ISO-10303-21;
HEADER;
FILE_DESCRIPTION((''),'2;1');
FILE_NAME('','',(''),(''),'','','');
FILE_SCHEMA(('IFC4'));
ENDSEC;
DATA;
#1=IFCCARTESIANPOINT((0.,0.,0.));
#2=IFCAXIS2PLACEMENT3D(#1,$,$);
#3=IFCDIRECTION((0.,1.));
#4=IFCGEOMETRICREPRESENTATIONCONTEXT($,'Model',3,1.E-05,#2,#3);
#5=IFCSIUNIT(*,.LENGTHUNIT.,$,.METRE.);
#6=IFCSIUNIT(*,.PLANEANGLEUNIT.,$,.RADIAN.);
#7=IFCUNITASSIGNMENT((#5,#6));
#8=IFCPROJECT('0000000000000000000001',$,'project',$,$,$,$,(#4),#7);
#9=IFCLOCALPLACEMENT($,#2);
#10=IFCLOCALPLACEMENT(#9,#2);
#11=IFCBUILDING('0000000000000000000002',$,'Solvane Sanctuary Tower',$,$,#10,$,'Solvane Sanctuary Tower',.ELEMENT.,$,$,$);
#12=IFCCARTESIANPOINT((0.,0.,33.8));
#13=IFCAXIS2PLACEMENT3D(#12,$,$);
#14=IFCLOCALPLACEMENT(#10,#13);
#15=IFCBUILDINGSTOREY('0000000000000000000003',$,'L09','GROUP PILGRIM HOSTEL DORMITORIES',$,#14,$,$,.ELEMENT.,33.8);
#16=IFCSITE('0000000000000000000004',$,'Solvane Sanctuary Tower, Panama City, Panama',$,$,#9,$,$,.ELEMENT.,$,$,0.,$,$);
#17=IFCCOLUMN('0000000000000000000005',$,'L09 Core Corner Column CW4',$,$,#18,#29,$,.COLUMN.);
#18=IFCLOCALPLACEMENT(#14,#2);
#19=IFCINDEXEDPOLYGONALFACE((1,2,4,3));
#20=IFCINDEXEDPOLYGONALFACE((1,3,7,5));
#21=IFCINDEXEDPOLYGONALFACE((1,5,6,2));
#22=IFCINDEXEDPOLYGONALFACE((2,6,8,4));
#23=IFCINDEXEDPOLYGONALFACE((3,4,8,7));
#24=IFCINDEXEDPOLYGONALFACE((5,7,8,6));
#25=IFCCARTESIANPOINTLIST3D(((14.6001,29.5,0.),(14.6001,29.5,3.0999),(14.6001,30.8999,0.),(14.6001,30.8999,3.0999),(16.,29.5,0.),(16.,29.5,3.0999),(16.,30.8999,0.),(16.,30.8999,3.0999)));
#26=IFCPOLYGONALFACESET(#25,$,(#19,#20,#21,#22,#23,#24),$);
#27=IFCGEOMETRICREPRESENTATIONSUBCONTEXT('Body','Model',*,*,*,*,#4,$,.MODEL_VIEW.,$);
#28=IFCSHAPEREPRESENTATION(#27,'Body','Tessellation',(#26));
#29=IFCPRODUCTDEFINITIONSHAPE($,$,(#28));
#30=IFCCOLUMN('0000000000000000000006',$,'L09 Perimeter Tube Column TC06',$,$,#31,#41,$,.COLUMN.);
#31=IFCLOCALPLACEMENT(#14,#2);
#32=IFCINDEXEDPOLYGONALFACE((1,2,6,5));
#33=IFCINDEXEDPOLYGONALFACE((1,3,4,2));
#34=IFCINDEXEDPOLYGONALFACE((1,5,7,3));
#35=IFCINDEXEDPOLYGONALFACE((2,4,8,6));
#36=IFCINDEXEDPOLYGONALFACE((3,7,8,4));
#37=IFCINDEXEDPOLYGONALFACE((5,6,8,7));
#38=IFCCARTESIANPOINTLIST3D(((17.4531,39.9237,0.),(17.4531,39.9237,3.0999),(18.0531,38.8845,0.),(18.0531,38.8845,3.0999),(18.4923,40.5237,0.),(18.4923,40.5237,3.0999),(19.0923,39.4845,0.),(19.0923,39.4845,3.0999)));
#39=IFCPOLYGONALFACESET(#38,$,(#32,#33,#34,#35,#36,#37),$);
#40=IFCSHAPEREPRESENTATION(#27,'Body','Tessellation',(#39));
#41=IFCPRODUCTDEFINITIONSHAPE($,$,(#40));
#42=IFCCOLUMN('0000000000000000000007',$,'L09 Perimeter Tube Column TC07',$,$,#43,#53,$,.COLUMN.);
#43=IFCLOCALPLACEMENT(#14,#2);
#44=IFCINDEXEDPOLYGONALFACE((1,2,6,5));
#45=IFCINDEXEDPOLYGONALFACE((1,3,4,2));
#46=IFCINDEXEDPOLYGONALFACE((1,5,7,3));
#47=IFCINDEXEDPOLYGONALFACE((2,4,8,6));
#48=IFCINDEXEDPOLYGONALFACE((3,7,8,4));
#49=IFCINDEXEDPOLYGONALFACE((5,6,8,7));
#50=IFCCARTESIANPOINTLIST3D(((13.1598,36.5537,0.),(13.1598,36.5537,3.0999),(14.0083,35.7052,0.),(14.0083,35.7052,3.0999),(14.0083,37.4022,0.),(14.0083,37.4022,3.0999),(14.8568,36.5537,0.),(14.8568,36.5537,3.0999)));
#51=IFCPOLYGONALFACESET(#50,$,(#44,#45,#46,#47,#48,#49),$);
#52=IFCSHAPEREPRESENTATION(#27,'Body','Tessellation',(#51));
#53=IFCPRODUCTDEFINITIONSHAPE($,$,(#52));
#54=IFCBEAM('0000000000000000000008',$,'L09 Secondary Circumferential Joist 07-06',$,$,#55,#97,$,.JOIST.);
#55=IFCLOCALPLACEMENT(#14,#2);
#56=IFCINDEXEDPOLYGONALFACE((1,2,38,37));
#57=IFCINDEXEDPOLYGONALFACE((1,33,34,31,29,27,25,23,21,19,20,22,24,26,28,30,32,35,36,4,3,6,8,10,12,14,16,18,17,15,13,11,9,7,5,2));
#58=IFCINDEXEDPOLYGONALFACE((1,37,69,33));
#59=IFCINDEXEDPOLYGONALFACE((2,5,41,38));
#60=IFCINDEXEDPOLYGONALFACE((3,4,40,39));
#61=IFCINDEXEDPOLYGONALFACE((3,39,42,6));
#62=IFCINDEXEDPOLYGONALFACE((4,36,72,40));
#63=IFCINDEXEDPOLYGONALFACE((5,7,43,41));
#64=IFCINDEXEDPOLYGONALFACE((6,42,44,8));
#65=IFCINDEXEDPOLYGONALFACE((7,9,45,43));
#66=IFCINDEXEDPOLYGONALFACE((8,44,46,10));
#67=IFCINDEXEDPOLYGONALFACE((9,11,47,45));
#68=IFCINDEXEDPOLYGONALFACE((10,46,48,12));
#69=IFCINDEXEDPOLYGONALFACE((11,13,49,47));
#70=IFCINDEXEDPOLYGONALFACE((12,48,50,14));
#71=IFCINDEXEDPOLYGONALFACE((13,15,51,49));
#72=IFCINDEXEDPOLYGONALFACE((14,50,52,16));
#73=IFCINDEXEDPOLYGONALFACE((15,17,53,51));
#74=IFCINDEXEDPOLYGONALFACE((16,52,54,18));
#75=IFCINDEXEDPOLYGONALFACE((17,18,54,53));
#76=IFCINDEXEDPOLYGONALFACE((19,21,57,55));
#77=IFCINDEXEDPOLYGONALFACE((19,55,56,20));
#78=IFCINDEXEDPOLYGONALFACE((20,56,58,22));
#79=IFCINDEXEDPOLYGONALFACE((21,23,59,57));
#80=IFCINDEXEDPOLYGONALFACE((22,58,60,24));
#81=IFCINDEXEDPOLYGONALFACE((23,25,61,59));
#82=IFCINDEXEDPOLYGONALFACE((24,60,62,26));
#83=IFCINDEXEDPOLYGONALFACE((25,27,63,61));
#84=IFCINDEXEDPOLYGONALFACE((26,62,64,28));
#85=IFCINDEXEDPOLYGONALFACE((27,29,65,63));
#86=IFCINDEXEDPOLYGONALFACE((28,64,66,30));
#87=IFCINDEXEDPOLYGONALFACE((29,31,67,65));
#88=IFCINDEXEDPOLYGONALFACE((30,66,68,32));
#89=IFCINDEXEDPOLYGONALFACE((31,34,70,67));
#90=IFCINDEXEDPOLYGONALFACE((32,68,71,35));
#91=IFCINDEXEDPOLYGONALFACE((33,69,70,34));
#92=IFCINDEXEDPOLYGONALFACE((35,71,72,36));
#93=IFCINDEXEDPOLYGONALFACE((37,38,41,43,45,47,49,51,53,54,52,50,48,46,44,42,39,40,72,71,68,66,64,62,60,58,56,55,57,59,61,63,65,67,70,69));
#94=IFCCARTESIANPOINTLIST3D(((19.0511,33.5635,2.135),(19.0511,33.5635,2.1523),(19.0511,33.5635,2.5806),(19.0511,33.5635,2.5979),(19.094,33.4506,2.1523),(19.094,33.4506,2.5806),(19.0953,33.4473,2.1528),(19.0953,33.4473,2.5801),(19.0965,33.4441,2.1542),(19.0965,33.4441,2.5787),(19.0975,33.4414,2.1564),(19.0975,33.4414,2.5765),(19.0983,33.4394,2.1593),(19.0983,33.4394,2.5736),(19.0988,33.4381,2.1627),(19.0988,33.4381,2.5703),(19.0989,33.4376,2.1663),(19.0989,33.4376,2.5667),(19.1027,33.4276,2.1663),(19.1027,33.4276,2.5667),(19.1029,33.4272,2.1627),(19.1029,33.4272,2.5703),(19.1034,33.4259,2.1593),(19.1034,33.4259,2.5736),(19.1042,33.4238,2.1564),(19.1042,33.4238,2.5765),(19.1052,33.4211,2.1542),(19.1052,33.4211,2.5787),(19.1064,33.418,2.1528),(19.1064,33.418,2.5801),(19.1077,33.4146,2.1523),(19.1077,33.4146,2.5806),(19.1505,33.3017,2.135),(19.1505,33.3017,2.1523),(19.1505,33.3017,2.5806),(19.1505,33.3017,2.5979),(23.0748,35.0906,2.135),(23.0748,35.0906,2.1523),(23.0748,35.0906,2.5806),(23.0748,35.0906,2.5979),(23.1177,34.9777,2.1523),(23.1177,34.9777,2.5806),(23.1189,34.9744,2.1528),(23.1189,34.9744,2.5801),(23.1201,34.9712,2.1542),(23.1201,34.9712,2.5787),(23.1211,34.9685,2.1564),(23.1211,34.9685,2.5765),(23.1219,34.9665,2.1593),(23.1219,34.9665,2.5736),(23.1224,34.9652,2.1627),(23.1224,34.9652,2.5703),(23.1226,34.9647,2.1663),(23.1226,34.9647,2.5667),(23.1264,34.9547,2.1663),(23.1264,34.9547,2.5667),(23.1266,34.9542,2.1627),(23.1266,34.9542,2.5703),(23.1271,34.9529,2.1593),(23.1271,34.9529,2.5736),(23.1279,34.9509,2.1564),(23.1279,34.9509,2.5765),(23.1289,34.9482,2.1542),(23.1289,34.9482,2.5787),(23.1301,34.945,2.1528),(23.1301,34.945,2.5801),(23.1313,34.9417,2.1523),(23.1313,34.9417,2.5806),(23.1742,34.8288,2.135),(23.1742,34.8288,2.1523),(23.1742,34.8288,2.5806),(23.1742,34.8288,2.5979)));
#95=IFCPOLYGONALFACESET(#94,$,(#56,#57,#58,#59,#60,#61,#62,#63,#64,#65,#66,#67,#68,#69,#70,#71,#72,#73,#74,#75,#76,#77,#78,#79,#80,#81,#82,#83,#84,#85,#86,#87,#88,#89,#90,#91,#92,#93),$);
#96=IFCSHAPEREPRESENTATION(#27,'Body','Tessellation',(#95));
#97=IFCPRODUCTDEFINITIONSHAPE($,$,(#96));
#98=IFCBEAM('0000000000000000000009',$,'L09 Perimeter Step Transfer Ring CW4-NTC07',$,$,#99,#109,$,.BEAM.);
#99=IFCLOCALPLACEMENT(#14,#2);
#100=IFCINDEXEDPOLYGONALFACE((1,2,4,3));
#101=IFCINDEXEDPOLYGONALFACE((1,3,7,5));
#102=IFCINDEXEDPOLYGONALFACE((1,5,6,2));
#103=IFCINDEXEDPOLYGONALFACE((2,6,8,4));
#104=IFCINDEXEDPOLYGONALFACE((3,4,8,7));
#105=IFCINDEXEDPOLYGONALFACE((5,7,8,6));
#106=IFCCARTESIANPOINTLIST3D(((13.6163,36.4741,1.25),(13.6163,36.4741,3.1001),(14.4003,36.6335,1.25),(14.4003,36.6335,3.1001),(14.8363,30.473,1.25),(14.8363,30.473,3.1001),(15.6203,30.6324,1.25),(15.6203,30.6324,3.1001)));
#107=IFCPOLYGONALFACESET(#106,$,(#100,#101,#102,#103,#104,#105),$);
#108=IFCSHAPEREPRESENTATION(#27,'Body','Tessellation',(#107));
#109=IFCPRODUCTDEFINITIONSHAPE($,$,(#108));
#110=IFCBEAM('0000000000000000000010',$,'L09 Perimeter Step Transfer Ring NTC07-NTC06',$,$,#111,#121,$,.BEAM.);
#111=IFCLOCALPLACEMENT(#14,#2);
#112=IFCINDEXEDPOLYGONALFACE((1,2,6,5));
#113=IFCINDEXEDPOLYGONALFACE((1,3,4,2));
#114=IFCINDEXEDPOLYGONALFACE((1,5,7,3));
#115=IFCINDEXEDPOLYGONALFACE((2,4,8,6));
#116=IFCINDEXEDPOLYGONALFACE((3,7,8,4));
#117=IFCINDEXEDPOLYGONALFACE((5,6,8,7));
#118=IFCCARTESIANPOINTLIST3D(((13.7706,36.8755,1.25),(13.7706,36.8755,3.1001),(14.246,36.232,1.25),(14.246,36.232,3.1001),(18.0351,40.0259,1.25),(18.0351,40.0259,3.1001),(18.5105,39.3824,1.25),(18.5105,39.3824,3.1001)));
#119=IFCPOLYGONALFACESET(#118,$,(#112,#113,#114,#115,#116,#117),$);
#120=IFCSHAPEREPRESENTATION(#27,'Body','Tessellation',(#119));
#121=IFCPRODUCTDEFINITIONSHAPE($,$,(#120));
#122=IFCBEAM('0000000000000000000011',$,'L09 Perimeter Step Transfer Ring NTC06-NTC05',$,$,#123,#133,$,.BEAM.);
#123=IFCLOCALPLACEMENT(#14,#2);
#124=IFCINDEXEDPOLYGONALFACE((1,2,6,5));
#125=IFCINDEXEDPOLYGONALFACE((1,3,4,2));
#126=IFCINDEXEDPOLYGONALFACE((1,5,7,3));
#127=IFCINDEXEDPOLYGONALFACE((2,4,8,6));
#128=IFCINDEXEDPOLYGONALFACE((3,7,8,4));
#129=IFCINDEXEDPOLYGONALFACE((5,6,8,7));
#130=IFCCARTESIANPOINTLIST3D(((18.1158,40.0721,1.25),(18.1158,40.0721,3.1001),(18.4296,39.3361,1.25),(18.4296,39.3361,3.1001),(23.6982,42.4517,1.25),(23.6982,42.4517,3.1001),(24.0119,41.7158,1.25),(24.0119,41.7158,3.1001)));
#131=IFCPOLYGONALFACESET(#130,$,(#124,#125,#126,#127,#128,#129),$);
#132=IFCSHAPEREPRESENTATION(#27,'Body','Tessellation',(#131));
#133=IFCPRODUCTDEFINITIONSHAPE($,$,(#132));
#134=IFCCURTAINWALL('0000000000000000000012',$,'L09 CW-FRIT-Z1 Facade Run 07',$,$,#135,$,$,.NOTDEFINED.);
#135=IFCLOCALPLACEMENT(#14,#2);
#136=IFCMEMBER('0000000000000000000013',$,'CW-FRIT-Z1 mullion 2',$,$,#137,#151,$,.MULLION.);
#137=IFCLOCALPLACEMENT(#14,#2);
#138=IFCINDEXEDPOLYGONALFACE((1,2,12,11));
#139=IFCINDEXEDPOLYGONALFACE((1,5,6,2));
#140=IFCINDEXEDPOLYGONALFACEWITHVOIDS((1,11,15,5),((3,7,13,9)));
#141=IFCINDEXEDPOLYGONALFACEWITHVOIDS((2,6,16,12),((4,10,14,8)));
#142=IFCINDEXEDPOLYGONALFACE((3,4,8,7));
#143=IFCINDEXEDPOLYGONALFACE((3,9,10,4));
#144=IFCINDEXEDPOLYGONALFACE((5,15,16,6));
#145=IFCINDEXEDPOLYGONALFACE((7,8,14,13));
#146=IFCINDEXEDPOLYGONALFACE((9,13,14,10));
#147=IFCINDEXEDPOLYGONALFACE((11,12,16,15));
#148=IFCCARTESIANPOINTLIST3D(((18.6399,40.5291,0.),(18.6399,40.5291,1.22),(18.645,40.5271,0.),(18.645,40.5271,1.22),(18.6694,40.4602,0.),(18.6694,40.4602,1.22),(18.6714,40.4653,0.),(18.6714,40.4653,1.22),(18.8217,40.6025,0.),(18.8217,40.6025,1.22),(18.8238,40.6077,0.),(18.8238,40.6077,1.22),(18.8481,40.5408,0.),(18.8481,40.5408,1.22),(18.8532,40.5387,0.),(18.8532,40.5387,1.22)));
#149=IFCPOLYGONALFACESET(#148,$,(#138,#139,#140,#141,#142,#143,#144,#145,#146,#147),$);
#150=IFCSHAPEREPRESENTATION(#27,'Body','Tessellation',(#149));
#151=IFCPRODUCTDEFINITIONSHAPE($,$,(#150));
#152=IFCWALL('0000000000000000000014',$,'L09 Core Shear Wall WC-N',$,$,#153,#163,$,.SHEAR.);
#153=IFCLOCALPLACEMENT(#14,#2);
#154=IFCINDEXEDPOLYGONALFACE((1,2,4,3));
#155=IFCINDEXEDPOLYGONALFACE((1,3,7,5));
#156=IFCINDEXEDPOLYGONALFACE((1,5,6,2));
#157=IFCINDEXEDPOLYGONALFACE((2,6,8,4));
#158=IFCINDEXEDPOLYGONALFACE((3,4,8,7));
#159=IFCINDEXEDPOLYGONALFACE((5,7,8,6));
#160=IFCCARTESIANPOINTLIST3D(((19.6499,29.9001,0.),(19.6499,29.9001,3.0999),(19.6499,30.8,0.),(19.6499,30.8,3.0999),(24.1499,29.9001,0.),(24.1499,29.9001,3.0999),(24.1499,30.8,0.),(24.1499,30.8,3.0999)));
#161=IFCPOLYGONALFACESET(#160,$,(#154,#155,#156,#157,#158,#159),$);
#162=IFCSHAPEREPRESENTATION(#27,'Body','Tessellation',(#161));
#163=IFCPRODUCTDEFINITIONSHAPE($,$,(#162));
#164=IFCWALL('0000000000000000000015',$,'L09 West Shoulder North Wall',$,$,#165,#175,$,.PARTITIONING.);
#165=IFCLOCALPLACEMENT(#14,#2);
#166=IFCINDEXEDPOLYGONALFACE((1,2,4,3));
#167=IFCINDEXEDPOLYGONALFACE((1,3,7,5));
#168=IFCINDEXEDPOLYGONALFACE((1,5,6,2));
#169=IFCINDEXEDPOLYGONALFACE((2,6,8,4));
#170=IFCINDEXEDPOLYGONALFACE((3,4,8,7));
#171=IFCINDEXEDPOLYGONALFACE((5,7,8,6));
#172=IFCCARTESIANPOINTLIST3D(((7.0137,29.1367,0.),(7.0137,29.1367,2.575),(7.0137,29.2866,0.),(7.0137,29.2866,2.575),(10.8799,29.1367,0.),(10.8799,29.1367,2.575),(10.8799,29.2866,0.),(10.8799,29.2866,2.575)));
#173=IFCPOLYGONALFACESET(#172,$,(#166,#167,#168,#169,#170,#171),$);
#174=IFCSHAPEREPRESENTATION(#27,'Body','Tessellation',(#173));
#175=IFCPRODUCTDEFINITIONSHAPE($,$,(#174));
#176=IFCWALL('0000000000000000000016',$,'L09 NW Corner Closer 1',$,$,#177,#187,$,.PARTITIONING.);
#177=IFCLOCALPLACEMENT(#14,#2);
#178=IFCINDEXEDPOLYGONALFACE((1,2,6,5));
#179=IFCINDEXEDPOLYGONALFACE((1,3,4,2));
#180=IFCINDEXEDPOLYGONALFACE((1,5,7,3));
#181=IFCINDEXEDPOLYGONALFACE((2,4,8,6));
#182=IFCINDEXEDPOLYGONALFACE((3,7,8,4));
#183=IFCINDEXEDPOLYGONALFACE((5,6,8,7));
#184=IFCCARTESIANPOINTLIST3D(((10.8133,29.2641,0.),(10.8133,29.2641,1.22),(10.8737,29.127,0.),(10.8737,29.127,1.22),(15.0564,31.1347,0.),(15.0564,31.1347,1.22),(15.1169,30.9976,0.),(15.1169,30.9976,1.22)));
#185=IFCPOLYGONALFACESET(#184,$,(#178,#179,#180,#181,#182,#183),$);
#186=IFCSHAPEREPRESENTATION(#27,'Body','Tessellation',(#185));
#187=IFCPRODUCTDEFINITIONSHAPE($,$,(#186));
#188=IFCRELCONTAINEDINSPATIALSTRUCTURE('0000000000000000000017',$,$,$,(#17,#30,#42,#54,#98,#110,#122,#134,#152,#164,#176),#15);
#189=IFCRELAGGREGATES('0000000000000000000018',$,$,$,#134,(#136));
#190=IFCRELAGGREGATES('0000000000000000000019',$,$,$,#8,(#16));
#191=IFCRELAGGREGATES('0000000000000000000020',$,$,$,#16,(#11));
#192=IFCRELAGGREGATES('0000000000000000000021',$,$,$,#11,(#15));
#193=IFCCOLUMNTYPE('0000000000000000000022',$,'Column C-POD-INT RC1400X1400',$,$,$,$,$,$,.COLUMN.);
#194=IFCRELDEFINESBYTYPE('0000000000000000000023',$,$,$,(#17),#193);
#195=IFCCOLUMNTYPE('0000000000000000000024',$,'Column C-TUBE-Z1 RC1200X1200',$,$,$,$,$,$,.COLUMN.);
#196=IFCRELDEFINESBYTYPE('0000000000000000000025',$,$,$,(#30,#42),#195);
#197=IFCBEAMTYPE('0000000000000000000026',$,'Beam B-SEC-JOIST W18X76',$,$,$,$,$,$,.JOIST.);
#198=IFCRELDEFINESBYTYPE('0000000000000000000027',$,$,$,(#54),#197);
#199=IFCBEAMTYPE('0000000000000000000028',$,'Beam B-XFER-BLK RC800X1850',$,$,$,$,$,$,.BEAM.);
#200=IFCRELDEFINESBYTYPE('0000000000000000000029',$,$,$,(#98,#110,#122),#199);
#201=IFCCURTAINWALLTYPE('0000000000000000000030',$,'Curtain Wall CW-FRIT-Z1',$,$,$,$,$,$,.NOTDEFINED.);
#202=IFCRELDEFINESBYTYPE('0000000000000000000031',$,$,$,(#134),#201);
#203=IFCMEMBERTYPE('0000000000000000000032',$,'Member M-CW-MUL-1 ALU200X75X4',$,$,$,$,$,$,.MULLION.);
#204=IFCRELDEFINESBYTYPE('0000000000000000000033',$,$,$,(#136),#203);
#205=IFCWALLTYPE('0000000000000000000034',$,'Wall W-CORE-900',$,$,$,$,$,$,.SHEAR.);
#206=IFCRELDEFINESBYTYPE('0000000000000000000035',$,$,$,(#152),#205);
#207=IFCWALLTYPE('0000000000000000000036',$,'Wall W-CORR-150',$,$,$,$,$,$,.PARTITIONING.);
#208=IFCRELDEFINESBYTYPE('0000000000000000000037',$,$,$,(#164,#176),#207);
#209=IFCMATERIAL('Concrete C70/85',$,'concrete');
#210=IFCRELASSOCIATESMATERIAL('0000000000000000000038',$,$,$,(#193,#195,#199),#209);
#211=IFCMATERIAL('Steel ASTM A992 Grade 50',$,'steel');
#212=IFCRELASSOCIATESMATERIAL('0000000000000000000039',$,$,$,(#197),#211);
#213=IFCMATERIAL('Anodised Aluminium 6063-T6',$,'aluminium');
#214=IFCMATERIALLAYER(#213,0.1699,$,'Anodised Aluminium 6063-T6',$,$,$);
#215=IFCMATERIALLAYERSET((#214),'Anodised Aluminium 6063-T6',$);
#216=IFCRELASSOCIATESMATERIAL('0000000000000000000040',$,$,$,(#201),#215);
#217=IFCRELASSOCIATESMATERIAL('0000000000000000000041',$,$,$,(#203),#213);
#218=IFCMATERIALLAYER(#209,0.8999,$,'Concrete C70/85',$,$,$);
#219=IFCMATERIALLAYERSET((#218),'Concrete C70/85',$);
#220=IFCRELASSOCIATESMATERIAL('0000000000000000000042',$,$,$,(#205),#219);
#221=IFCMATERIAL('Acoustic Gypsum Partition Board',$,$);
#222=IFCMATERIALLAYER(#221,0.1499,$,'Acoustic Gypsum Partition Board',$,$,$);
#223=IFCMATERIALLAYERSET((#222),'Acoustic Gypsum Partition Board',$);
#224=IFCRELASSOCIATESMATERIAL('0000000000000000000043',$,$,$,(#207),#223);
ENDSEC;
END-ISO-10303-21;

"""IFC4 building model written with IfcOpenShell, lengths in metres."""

from ifc_helpers import new_model, si_unit, direction, frame, frame_2d, origin, origin_2d, place, context, subcontext, project, spatial, rectangle, hollow_rectangle, i_section, extrude, material, layer, layer_set, material_profile, profile_set, type_object, element, aggregate, save


model = new_model("IFC4")

# Units and contexts
model_context = context("Model", 3, precision=1e-05, world=origin(), true_north=direction((0.0, 1.0)))
body_context = subcontext(model_context, "Body", "Model", "MODEL_VIEW")
ifc_project = project(units=[si_unit("LENGTHUNIT", "METRE"), si_unit("PLANEANGLEUNIT", "RADIAN")], contexts=[model_context])

# Site, building, storey
site_placement = place(None, origin())
site = spatial("IfcSite", under=ifc_project, at=site_placement, Name="Solvane Sanctuary Tower, Panama City, Panama", CompositionType="ELEMENT", RefElevation=0.0)
building_placement = place(site_placement, origin())
building = spatial("IfcBuilding", under=site, at=building_placement, Name="Solvane Sanctuary Tower", LongName="Solvane Sanctuary Tower", CompositionType="ELEMENT")
storey_placement = place(building_placement, frame((0.0, 0.0, 33.8)))
storey = spatial("IfcBuildingStorey", under=building, at=storey_placement, Name="L09", Description="GROUP PILGRIM HOSTEL DORMITORIES", CompositionType="ELEMENT", Elevation=33.8)

# Columns
ifc_material_1 = material(Name="Concrete C70/85", Category="concrete")
ifc_material_profile_1 = material_profile(ifc_material_1, rectangle(XDim=1.3999, YDim=1.3999, at=origin_2d()), Name="RC1400X1400")
ifc_profile_set_1 = profile_set([ifc_material_profile_1], Name="Concrete C70/85")
column_type_1 = type_object("IfcColumnType", Name="Column C-POD-INT RC1400X1400", PredefinedType="COLUMN", material=ifc_profile_set_1)
column_placement = place(storey_placement, frame((15.3, 30.2, 0.0), z_axis=(0.0, 0.0, 1.0), x_axis=(1.0, 0.0, 0.0)))
element("IfcColumn", 1, at=column_placement, inside=storey, type_object=column_type_1, Name="L09 Core Corner Column CW4", PredefinedType="COLUMN", context=body_context, shape_type="SweptSolid", body=[
    extrude(rectangle(XDim=1.3999, YDim=1.3999, at=origin_2d()), origin(), (0.0, 0.0, 1.0), 3.0999),
])
ifc_material_profile_2 = material_profile(ifc_material_1, rectangle(XDim=1.2, YDim=1.2, at=origin_2d()), Name="RC1200X1200")
ifc_profile_set_2 = profile_set([ifc_material_profile_2], Name="Concrete C70/85")
column_type_2 = type_object("IfcColumnType", Name="Column C-TUBE-Z1 RC1200X1200", PredefinedType="COLUMN", material=ifc_profile_set_2)
for number, where, z_axis, x_axis, name in (
    (2, (18.2727, 39.7041, 0.0), (0.0, 0.0, 1.0), (-0.5, 0.866025, 0.0), "L09 Perimeter Tube Column TC06"),
    (3, (14.0083, 36.5537, 0.0), (0.0, 0.0, 1.0), (-0.707107, 0.707107, 0.0), "L09 Perimeter Tube Column TC07"),
):
    element("IfcColumn", number, at=place(storey_placement, frame(where, z_axis=z_axis, x_axis=x_axis)), inside=storey, type_object=column_type_2, Name=name, PredefinedType="COLUMN", context=body_context, shape_type="SweptSolid", body=[
        extrude(rectangle(XDim=1.2, YDim=1.2, at=origin_2d()), origin(), (0.0, 0.0, 1.0), 3.0999),
    ])

# Beams
ifc_material_2 = material(Name="Steel ASTM A992 Grade 50", Category="steel")
ifc_material_profile_3 = material_profile(ifc_material_2, i_section(OverallWidth=0.28, OverallDepth=0.4629, WebThickness=0.0107, FlangeThickness=0.0173, FilletRadius=0.0139, at=origin_2d()), Name="W18X76")
ifc_profile_set_3 = profile_set([ifc_material_profile_3], Name="Steel ASTM A992 Grade 50")
beam_type_1 = type_object("IfcBeamType", Name="Beam B-SEC-JOIST W18X76", PredefinedType="JOIST", material=ifc_profile_set_3)
beam_1_placement = place(storey_placement, frame((19.1008, 33.4326, 2.3665), z_axis=(0.93493, 0.354832, 0.0), x_axis=(-0.354832, 0.93493, 0.0)))
element("IfcBeam", 4, at=beam_1_placement, inside=storey, type_object=beam_type_1, Name="L09 Secondary Circumferential Joist 07-06", PredefinedType="JOIST", context=body_context, shape_type="SweptSolid", body=[
    extrude(i_section(OverallWidth=0.28, OverallDepth=0.4629, WebThickness=0.0107, FlangeThickness=0.0173, FilletRadius=0.0139, at=origin_2d()), origin(), (0.0, 0.0, 1.0), 4.3037),
])
ifc_material_profile_4 = material_profile(ifc_material_1, rectangle(XDim=0.8, YDim=1.8501, at=origin_2d()), Name="RC800X1850")
ifc_profile_set_4 = profile_set([ifc_material_profile_4], Name="Concrete C70/85")
beam_type_2 = type_object("IfcBeamType", Name="Beam B-XFER-BLK RC800X1850", PredefinedType="BEAM", material=ifc_profile_set_4)
beam_2_placement = place(storey_placement, frame((15.2283, 30.5527, 2.175), z_axis=(-0.19922, 0.979955, 0.0), x_axis=(-0.979955, -0.19922, 0.0)))
element("IfcBeam", 5, at=beam_2_placement, inside=storey, type_object=beam_type_2, Name="L09 Perimeter Step Transfer Ring CW4-NTC07", PredefinedType="BEAM", context=body_context, shape_type="SweptSolid", body=[
    extrude(rectangle(XDim=0.8, YDim=1.8501, at=origin_2d()), origin(), (0.0, 0.0, 1.0), 6.1238),
])
beam_3_placement = place(storey_placement, frame((14.0083, 36.5537, 2.175), z_axis=(0.804317, 0.594201, 0.0), x_axis=(-0.594201, 0.804317, 0.0)))
element("IfcBeam", 6, at=beam_3_placement, inside=storey, type_object=beam_type_2, Name="L09 Perimeter Step Transfer Ring NTC07-NTC06", PredefinedType="BEAM", context=body_context, shape_type="SweptSolid", body=[
    extrude(rectangle(XDim=0.8, YDim=1.8501, at=origin_2d()), origin(), (0.0, 0.0, 1.0), 5.302),
])
beam_4_placement = place(storey_placement, frame((18.2727, 39.7041, 2.175), z_axis=(0.919905, 0.392141, 0.0), x_axis=(-0.392141, 0.919905, 0.0)))
element("IfcBeam", 7, at=beam_4_placement, inside=storey, type_object=beam_type_2, Name="L09 Perimeter Step Transfer Ring NTC06-NTC05", PredefinedType="BEAM", context=body_context, shape_type="SweptSolid", body=[
    extrude(rectangle(XDim=0.8, YDim=1.8501, at=origin_2d()), origin(), (0.0, 0.0, 1.0), 6.0684),
])

# Curtain wall, member
ifc_material_3 = material(Name="Anodised Aluminium 6063-T6", Category="aluminium")
ifc_layer_1 = layer(ifc_material_3, 0.1699, Name="Anodised Aluminium 6063-T6")
ifc_layer_set_1 = layer_set([ifc_layer_1], Name="Anodised Aluminium 6063-T6")
curtain_wall_type = type_object("IfcCurtainWallType", Name="Curtain Wall CW-FRIT-Z1", PredefinedType="NOTDEFINED", material=ifc_layer_set_1)
curtain_wall_placement = place(storey_placement, origin())
curtain_wall = element("IfcCurtainWall", 8, at=curtain_wall_placement, inside=storey, type_object=curtain_wall_type, Name="L09 CW-FRIT-Z1 Facade Run 07", PredefinedType="NOTDEFINED")
ifc_material_profile_5 = material_profile(ifc_material_3, hollow_rectangle(XDim=0.075, YDim=0.2, WallThickness=0.0039, at=origin_2d()), Name="ALU200X75X4")
ifc_profile_set_5 = profile_set([ifc_material_profile_5], Name="Anodised Aluminium 6063-T6")
member_type = type_object("IfcMemberType", Name="Member M-CW-MUL-1 ALU200X75X4", PredefinedType="MULLION", material=ifc_profile_set_5)
member_placement = place(storey_placement, frame((18.7466, 40.5339, 0.0), z_axis=(0.0, 0.0, 1.0), x_axis=(0.39282, -0.919615, 0.0)))
member = element("IfcMember", 9, at=member_placement, type_object=member_type, Name="CW-FRIT-Z1 mullion 2", PredefinedType="MULLION", context=body_context, shape_type="SweptSolid", body=[
    extrude(hollow_rectangle(XDim=0.075, YDim=0.2, WallThickness=0.0039, at=origin_2d()), origin(), (0.0, 0.0, 1.0), 1.22),
])
aggregate(curtain_wall, [member])

# Walls
ifc_layer_2 = layer(ifc_material_1, 0.8999, Name="Concrete C70/85")
ifc_layer_set_2 = layer_set([ifc_layer_2], Name="Concrete C70/85")
wall_type_1 = type_object("IfcWallType", Name="Wall W-CORE-900", PredefinedType="SHEAR", material=ifc_layer_set_2)
wall_1_placement = place(storey_placement, frame((19.6499, 30.3501, 0.0), z_axis=(0.0, 0.0, 1.0), x_axis=(1.0, 0.0, 0.0)))
element("IfcWall", 10, at=wall_1_placement, inside=storey, type_object=wall_type_1, Name="L09 Core Shear Wall WC-N", PredefinedType="SHEAR", context=body_context, shape_type="SweptSolid", body=[
    extrude(rectangle(XDim=4.5, YDim=0.8999, at=frame_2d((2.25, 0.0))), origin(), (0.0, 0.0, 1.0), 3.0999),
])
ifc_material_4 = material(Name="Acoustic Gypsum Partition Board")
ifc_layer_3 = layer(ifc_material_4, 0.1499, Name="Acoustic Gypsum Partition Board")
ifc_layer_set_3 = layer_set([ifc_layer_3], Name="Acoustic Gypsum Partition Board")
wall_type_2 = type_object("IfcWallType", Name="Wall W-CORR-150", PredefinedType="PARTITIONING", material=ifc_layer_set_3)
wall_2_placement = place(storey_placement, frame((7.0137, 29.2117, 0.0), z_axis=(0.0, 0.0, 1.0), x_axis=(1.0, 0.0, 0.0)))
element("IfcWall", 11, at=wall_2_placement, inside=storey, type_object=wall_type_2, Name="L09 West Shoulder North Wall", PredefinedType="PARTITIONING", context=body_context, shape_type="SweptSolid", body=[
    extrude(rectangle(XDim=3.8662, YDim=0.1499, at=frame_2d((1.9331, 0.0))), origin(), (0.0, 0.0, 1.0), 2.575),
])
wall_3_placement = place(storey_placement, frame((10.8435, 29.1956, 0.0), z_axis=(0.0, 0.0, 1.0), x_axis=(0.915028, 0.403391, 0.0)))
element("IfcWall", 12, at=wall_3_placement, inside=storey, type_object=wall_type_2, Name="L09 NW Corner Closer 1", PredefinedType="PARTITIONING", context=body_context, shape_type="SweptSolid", body=[
    extrude(rectangle(XDim=4.6372, YDim=0.1499, at=frame_2d((2.3186, 0.0))), origin(), (0.0, 0.0, 1.0), 1.22),
])

save(model, "model.ifc")
